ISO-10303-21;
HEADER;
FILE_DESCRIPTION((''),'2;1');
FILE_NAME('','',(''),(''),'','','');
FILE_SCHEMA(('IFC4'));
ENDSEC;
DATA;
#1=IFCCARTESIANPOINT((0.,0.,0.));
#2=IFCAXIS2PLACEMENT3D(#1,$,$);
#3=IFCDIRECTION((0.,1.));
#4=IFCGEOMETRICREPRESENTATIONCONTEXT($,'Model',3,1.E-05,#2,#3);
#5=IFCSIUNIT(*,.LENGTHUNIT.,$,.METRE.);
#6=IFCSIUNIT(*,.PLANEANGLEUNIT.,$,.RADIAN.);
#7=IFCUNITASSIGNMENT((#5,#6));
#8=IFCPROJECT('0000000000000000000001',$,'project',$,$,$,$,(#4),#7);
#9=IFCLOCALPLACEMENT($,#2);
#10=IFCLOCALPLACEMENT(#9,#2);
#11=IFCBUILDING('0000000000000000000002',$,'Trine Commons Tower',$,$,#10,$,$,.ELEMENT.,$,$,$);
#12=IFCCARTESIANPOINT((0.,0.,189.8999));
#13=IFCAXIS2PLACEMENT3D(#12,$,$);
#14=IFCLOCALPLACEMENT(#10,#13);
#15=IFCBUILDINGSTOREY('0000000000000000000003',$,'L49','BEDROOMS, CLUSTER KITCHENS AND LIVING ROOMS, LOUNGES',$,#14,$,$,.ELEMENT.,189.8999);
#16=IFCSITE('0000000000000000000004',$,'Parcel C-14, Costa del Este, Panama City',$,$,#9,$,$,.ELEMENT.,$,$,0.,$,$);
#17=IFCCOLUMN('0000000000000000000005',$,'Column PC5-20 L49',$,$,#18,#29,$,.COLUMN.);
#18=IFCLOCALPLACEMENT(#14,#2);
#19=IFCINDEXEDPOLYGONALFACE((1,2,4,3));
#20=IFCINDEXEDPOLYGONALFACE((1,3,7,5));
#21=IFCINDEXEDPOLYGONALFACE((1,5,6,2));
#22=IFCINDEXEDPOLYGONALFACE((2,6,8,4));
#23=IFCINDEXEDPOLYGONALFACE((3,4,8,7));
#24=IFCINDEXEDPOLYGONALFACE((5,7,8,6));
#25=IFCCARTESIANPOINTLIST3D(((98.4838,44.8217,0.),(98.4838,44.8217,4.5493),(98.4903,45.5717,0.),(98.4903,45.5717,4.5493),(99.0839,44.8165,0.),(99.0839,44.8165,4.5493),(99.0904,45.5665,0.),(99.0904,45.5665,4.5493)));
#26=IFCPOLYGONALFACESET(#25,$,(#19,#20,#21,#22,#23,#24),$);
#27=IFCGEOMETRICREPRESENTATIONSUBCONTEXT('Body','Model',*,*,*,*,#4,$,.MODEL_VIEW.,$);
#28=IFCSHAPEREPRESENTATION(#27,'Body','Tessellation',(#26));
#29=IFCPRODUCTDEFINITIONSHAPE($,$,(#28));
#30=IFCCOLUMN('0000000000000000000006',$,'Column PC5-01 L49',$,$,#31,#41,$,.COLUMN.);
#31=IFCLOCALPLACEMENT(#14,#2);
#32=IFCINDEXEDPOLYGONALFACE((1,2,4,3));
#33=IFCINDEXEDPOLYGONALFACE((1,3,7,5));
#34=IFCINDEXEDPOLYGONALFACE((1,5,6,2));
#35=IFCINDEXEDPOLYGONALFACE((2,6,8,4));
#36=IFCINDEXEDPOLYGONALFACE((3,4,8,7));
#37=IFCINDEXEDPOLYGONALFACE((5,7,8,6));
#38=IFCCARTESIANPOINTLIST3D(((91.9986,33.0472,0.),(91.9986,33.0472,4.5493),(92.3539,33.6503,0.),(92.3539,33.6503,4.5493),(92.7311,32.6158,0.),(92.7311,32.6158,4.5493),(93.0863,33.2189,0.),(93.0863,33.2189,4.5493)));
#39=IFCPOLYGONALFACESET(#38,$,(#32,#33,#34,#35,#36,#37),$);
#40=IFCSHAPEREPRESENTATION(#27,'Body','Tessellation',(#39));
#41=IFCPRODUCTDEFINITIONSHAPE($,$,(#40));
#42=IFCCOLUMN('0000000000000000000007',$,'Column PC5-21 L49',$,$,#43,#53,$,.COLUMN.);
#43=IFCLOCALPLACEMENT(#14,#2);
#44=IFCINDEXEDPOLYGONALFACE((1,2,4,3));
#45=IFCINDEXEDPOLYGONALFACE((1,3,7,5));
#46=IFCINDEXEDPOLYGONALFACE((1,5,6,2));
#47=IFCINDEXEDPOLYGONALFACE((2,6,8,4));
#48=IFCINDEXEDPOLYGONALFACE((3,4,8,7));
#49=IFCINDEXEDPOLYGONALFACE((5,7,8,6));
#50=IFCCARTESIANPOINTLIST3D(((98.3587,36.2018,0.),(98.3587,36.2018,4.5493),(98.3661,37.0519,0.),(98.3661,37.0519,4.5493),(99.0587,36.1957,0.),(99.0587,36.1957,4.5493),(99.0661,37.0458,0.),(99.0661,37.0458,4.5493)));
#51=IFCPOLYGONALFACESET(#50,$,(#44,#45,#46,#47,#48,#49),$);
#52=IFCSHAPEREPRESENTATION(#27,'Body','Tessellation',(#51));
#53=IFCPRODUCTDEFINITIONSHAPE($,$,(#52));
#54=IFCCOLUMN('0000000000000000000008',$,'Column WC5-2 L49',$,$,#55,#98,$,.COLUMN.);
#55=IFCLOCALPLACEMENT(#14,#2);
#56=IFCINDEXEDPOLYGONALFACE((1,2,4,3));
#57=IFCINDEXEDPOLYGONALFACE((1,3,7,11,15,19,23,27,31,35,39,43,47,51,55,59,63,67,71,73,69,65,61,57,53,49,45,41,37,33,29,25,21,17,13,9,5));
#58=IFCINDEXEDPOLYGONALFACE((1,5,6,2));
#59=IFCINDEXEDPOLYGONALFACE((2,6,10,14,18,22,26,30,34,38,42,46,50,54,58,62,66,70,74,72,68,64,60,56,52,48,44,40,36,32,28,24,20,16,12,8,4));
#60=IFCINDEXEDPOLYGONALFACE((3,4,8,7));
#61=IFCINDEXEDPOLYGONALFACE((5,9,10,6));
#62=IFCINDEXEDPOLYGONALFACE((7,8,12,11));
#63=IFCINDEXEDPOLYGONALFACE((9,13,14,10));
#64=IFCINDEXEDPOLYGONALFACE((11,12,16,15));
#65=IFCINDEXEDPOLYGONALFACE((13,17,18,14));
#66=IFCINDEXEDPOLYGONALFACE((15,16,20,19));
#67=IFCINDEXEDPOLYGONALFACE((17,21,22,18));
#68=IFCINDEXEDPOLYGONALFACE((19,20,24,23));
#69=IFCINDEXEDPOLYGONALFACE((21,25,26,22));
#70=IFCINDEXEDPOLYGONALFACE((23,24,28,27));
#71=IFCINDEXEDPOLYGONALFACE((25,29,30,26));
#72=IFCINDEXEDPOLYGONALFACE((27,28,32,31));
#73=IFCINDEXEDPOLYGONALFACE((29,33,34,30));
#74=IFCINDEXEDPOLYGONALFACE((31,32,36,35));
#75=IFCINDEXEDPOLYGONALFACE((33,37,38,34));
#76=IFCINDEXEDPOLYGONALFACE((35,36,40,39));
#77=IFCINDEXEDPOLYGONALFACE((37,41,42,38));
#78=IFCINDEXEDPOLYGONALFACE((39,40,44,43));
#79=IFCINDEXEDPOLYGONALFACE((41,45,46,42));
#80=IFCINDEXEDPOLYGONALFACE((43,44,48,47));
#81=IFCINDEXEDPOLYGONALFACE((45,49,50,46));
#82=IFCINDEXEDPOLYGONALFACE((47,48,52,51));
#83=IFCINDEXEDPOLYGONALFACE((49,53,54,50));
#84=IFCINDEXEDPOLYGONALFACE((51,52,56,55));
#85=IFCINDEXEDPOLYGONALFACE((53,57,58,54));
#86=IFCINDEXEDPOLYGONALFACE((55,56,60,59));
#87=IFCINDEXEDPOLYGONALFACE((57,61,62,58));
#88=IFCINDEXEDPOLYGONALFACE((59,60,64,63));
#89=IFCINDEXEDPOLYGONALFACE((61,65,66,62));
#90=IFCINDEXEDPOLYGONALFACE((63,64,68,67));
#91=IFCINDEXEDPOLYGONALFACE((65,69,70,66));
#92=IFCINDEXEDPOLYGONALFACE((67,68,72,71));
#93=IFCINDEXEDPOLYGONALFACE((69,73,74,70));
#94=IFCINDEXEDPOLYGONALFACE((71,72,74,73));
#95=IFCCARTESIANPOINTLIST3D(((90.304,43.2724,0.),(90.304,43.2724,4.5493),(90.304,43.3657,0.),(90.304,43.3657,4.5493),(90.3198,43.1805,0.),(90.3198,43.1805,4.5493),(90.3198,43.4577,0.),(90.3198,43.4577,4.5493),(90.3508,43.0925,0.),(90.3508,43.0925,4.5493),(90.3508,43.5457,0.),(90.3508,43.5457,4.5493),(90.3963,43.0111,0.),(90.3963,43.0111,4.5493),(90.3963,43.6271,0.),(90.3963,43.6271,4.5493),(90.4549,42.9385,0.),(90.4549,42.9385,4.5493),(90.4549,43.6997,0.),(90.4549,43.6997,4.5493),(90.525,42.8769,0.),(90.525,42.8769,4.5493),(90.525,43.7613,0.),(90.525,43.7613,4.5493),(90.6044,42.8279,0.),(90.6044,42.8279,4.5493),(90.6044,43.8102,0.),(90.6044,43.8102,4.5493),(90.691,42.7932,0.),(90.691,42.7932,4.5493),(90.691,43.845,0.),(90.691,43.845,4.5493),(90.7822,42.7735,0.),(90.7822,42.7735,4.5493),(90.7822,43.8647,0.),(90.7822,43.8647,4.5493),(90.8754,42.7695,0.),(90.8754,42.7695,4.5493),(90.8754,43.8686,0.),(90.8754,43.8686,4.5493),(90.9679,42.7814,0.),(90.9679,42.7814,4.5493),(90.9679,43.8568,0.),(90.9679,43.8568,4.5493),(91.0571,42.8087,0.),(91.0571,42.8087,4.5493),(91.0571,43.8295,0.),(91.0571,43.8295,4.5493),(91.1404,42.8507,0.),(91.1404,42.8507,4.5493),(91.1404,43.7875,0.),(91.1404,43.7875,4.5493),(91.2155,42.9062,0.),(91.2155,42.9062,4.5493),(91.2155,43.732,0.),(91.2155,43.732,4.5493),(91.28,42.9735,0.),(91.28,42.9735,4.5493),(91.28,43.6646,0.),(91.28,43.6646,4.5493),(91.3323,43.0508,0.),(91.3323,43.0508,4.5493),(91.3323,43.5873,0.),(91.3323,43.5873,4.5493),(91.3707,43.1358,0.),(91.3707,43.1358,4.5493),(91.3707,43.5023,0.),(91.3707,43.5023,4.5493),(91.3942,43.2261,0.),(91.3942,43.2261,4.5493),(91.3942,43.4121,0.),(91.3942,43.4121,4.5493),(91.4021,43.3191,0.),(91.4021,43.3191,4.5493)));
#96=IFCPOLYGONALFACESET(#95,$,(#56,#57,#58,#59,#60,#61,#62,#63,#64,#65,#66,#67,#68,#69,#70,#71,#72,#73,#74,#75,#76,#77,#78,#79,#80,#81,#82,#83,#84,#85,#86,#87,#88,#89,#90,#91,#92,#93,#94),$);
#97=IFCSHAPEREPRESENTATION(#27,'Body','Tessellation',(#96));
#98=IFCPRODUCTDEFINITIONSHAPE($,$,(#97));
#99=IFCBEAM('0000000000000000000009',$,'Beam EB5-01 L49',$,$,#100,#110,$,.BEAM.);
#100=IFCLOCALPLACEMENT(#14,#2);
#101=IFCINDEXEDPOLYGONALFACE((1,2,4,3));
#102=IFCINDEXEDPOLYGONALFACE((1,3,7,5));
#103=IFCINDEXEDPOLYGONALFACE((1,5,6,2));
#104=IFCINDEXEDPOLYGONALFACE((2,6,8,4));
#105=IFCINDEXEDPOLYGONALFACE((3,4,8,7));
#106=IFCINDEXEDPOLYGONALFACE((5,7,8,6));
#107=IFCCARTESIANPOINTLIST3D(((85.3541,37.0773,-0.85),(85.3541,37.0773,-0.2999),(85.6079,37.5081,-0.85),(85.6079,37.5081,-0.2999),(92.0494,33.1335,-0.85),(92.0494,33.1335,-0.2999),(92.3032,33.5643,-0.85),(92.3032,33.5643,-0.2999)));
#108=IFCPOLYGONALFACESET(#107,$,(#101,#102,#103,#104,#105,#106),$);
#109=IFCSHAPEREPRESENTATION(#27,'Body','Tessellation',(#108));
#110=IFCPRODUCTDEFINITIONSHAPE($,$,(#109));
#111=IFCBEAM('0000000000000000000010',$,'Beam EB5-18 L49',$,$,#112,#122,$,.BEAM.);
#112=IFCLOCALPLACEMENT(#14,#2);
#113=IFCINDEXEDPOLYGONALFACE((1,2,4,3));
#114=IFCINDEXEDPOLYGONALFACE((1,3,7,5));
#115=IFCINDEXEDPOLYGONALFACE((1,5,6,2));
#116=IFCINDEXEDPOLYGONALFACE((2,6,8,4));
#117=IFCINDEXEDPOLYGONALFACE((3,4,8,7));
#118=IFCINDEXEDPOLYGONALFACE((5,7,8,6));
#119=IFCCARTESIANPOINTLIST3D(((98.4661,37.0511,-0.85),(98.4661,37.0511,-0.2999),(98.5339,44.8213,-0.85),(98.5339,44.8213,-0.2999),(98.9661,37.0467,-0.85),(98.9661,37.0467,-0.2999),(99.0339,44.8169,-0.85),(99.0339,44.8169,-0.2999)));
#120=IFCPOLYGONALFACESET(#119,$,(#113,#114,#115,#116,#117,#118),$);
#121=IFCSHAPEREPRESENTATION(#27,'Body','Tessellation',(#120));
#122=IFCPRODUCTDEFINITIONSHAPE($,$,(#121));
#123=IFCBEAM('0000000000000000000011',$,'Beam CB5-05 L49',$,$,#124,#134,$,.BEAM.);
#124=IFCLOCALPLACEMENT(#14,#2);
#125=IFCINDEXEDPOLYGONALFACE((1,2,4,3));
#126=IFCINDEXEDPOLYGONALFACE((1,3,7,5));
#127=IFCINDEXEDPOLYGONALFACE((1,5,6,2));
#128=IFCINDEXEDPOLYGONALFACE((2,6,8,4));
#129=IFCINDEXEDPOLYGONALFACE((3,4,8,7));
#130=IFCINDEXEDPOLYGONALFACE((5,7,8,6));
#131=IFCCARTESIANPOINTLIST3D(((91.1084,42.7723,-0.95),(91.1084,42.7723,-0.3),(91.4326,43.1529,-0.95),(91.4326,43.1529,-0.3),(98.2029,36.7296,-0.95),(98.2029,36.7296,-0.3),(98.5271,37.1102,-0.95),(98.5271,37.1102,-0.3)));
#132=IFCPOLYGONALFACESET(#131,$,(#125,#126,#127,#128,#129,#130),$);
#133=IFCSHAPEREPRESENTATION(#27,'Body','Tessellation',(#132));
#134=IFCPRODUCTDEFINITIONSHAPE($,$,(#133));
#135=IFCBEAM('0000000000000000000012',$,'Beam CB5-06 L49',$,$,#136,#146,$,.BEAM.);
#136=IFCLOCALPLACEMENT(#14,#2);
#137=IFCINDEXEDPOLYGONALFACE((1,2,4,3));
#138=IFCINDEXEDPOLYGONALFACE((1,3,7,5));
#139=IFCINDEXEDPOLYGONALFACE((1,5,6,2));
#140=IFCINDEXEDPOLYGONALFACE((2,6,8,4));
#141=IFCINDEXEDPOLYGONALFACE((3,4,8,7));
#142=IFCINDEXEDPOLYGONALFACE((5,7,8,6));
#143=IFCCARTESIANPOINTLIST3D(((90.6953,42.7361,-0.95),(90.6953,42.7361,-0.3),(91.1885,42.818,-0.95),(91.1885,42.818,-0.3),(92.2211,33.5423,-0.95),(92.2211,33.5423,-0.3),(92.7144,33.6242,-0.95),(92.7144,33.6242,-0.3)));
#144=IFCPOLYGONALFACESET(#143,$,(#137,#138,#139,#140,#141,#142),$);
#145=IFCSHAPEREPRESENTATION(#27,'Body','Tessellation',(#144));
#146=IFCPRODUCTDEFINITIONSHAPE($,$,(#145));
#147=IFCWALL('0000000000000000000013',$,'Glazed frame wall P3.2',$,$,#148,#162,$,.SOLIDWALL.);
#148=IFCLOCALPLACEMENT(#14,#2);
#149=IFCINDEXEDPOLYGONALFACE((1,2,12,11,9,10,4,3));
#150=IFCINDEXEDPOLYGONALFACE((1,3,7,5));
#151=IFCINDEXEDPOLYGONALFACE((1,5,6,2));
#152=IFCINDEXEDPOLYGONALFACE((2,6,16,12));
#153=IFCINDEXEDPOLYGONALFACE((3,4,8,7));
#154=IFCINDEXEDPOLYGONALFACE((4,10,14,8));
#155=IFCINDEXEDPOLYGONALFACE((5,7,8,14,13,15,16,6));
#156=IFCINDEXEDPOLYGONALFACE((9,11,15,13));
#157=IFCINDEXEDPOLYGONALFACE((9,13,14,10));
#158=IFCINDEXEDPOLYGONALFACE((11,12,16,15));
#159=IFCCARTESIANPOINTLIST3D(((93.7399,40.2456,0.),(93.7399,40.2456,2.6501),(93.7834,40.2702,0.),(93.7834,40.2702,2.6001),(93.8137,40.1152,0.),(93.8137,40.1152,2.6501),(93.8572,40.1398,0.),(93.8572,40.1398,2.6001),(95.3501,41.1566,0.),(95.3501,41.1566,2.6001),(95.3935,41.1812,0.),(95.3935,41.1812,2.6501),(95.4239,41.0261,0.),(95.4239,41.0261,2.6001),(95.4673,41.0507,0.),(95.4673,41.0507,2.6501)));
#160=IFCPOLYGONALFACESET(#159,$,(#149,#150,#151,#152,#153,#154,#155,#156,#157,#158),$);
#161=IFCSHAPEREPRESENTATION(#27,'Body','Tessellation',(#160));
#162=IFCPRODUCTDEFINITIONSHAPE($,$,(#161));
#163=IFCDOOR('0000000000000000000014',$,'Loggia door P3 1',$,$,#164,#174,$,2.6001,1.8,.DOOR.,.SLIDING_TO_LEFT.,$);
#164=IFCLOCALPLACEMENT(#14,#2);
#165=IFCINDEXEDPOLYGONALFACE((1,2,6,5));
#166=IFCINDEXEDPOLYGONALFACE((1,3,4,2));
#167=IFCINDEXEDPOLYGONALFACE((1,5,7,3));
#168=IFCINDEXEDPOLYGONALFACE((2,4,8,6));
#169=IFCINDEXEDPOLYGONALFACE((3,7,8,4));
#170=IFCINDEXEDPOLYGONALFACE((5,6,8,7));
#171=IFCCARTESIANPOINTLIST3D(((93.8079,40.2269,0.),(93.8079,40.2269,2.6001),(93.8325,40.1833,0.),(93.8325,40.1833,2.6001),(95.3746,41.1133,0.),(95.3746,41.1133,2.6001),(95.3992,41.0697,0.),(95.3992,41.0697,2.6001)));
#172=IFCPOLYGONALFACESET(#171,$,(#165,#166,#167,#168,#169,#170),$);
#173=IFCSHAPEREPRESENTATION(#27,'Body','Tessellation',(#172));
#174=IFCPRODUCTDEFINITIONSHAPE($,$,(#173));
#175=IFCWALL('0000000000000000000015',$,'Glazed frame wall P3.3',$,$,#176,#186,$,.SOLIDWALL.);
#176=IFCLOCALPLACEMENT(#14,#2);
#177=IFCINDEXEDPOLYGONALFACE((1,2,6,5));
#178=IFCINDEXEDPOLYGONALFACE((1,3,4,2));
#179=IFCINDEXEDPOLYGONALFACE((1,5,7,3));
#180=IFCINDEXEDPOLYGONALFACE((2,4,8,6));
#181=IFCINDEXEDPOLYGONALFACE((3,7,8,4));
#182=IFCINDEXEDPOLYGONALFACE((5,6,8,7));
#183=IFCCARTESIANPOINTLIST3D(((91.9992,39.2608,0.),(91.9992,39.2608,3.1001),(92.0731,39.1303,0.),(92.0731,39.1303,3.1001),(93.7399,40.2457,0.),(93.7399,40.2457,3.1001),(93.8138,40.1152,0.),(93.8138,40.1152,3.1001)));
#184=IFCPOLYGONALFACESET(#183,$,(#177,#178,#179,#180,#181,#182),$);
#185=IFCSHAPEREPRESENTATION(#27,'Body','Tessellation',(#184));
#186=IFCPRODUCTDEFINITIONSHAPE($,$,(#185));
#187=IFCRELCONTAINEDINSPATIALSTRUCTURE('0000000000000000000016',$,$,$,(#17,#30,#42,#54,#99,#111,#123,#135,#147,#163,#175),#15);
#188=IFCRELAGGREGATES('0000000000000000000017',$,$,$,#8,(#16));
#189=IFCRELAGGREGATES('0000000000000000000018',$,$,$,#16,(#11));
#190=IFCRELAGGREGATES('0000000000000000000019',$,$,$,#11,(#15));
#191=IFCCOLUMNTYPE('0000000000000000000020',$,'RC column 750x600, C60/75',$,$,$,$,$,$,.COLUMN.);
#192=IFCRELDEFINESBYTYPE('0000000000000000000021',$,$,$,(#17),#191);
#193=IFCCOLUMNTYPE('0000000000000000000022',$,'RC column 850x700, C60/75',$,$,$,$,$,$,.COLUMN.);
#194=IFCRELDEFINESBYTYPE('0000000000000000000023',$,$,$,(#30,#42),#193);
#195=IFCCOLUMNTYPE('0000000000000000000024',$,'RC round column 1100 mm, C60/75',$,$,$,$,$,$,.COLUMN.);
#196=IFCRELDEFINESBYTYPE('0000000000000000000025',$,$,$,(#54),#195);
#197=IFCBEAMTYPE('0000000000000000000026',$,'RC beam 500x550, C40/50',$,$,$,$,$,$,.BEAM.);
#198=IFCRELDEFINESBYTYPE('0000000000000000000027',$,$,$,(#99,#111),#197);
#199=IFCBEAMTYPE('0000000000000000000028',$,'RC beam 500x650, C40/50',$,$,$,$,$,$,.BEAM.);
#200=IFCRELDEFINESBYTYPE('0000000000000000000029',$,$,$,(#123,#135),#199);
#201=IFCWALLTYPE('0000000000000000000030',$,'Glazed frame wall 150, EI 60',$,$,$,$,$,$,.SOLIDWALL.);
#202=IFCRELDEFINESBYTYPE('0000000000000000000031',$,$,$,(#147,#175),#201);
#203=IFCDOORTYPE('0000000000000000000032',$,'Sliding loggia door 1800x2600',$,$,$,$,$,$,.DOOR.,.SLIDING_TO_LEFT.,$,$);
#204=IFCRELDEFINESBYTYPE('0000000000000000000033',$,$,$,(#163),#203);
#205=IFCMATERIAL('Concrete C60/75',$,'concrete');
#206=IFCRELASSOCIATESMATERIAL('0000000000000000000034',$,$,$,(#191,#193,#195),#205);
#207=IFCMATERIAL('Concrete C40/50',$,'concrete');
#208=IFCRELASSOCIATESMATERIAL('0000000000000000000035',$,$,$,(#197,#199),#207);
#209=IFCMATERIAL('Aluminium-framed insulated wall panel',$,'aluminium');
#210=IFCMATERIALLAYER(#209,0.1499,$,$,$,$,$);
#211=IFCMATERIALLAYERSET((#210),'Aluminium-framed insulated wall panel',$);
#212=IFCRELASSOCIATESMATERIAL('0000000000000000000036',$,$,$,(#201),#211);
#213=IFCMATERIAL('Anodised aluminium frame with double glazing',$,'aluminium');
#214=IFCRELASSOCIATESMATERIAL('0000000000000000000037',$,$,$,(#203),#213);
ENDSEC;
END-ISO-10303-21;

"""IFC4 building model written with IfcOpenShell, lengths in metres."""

from ifc_helpers import new_model, si_unit, direction, frame, frame_2d, origin, origin_2d, place, context, subcontext, project, spatial, polyline, rectangle, circle, outline, extrude, material, layer, layer_set, material_profile, profile_set, type_object, element, fill, save


model = new_model("IFC4")

# Units and contexts
model_context = context("Model", 3, precision=1e-05, world=origin(), true_north=direction((0.0, 1.0)))
body_context = subcontext(model_context, "Body", "Model", "MODEL_VIEW")
ifc_project = project(units=[si_unit("LENGTHUNIT", "METRE"), si_unit("PLANEANGLEUNIT", "RADIAN")], contexts=[model_context])

# Site, building, storey
site_placement = place(None, origin())
site = spatial("IfcSite", under=ifc_project, at=site_placement, Name="Parcel C-14, Costa del Este, Panama City", CompositionType="ELEMENT", RefElevation=0.0)
building_placement = place(site_placement, origin())
building = spatial("IfcBuilding", under=site, at=building_placement, Name="Trine Commons Tower", CompositionType="ELEMENT")
storey_placement = place(building_placement, frame((0.0, 0.0, 189.8999)))
storey = spatial("IfcBuildingStorey", under=building, at=storey_placement, Name="L49", Description="BEDROOMS, CLUSTER KITCHENS AND LIVING ROOMS, LOUNGES", CompositionType="ELEMENT", Elevation=189.8999)

# Columns
ifc_material_1 = material(Name="Concrete C60/75", Category="concrete")
ifc_material_profile_1 = material_profile(ifc_material_1, rectangle(XDim=0.75, YDim=0.6001, at=origin_2d()), Name="RC 750x600")
ifc_profile_set_1 = profile_set([ifc_material_profile_1], Name="Concrete C60/75")
column_type_1 = type_object("IfcColumnType", Name="RC column 750x600, C60/75", PredefinedType="COLUMN", material=ifc_profile_set_1)
column_1_placement = place(storey_placement, frame((98.7871, 45.1941, 0.0), z_axis=(0.0, 0.0, 1.0), x_axis=(0.008727, 0.999962, 0.0)))
element("IfcColumn", 1, at=column_1_placement, inside=storey, type_object=column_type_1, Name="Column PC5-20 L49", PredefinedType="COLUMN", context=body_context, shape_type="SweptSolid", body=[
    extrude(rectangle(XDim=0.75, YDim=0.6001, at=origin_2d()), origin(), (0.0, 0.0, 1.0), 4.5493),
])
ifc_material_profile_2 = material_profile(ifc_material_1, rectangle(XDim=0.8501, YDim=0.7, at=origin_2d()), Name="RC 850x700")
ifc_profile_set_2 = profile_set([ifc_material_profile_2], Name="Concrete C60/75")
column_type_2 = type_object("IfcColumnType", Name="RC column 850x700, C60/75", PredefinedType="COLUMN", material=ifc_profile_set_2)
for number, where, z_axis, x_axis, name in (
    (2, (92.5425, 33.1331, 0.0), (0.0, 0.0, 1.0), (-0.861629, 0.507538, 0.0), "Column PC5-01 L49"),
    (3, (98.7124, 36.6238, 0.0), (0.0, 0.0, 1.0), (0.008727, 0.999962, 0.0), "Column PC5-21 L49"),
):
    element("IfcColumn", number, at=place(storey_placement, frame(where, z_axis=z_axis, x_axis=x_axis)), inside=storey, type_object=column_type_2, Name=name, PredefinedType="COLUMN", context=body_context, shape_type="SweptSolid", body=[
        extrude(rectangle(XDim=0.8501, YDim=0.7, at=origin_2d()), origin(), (0.0, 0.0, 1.0), 4.5493),
    ])
ifc_material_profile_3 = material_profile(ifc_material_1, circle(Radius=0.55, at=origin_2d()), Name="RC round 1100")
ifc_profile_set_3 = profile_set([ifc_material_profile_3], Name="Concrete C60/75")
column_type_3 = type_object("IfcColumnType", Name="RC round column 1100 mm, C60/75", PredefinedType="COLUMN", material=ifc_profile_set_3)
column_2_placement = place(storey_placement, frame((90.8521, 43.3191, 0.0), z_axis=(0.0, 0.0, 1.0), x_axis=(1.0, 0.0, 0.0)))
element("IfcColumn", 4, at=column_2_placement, inside=storey, type_object=column_type_3, Name="Column WC5-2 L49", PredefinedType="COLUMN", context=body_context, shape_type="SweptSolid", body=[
    extrude(circle(Radius=0.55, at=origin_2d()), origin(), (0.0, 0.0, 1.0), 4.5493),
])

# Beams
ifc_material_2 = material(Name="Concrete C40/50", Category="concrete")
ifc_material_profile_4 = material_profile(ifc_material_2, rectangle(XDim=0.5, YDim=0.55, at=origin_2d()), Name="RC 500x550")
ifc_profile_set_4 = profile_set([ifc_material_profile_4], Name="Concrete C40/50")
beam_type_1 = type_object("IfcBeamType", Name="RC beam 500x550, C40/50", PredefinedType="BEAM", material=ifc_profile_set_4)
for number, where, z_axis, x_axis, name in (
    (5, (92.1763, 33.3489, -0.575), (-0.861629, 0.507539, 0.0), (-0.507539, -0.861629, 0.0), "Beam EB5-01 L49"),
    (6, (98.7839, 44.8191, -0.575), (-0.008734, -0.999962, 0.0), (0.999962, -0.008734, 0.0), "Beam EB5-18 L49"),
):
    element("IfcBeam", number, at=place(storey_placement, frame(where, z_axis=z_axis, x_axis=x_axis)), inside=storey, type_object=beam_type_1, Name=name, PredefinedType="BEAM", context=body_context, shape_type="SweptSolid", body=[
        extrude(rectangle(XDim=0.5, YDim=0.55, at=origin_2d()), origin(), (0.0, 0.0, 1.0), 7.7705),
    ])
ifc_material_profile_5 = material_profile(ifc_material_2, rectangle(XDim=0.5, YDim=0.6499, at=origin_2d()), Name="RC 500x650")
ifc_profile_set_5 = profile_set([ifc_material_profile_5], Name="Concrete C40/50")
beam_type_2 = type_object("IfcBeamType", Name="RC beam 500x650, C40/50", PredefinedType="BEAM", material=ifc_profile_set_5)
beam_1_placement = place(storey_placement, frame((98.365, 36.9199, -0.625), z_axis=(-0.761282, 0.648421, 0.0), x_axis=(-0.648421, -0.761282, 0.0)))
element("IfcBeam", 7, at=beam_1_placement, inside=storey, type_object=beam_type_2, Name="Beam CB5-05 L49", PredefinedType="BEAM", context=body_context, shape_type="SweptSolid", body=[
    extrude(rectangle(XDim=0.5, YDim=0.6499, at=origin_2d()), origin(), (0.0, 0.0, 1.0), 9.3191),
])
beam_2_placement = place(storey_placement, frame((92.4678, 33.5833, -0.625), z_axis=(-0.163728, 0.986506, 0.0), x_axis=(-0.986506, -0.163728, 0.0)))
element("IfcBeam", 8, at=beam_2_placement, inside=storey, type_object=beam_type_2, Name="Beam CB5-06 L49", PredefinedType="BEAM", context=body_context, shape_type="SweptSolid", body=[
    extrude(rectangle(XDim=0.5, YDim=0.6499, at=origin_2d()), origin(), (0.0, 0.0, 1.0), 9.3196),
])

# Shared definitions
ifc_material_3 = material(Name="Aluminium-framed insulated wall panel", Category="aluminium")
ifc_layer_1 = layer(ifc_material_3, 0.1499)
ifc_layer_set_1 = layer_set([ifc_layer_1], Name="Aluminium-framed insulated wall panel")
wall_type_1 = type_object("IfcWallType", Name="Glazed frame wall 150, EI 60", PredefinedType="SOLIDWALL", material=ifc_layer_set_1)

# Wall, opening, door
wall_1_placement = place(storey_placement, frame((95.4304, 41.116, 0.0), z_axis=(0.0, 0.0, 1.0), x_axis=(-0.870355, -0.492426, 0.0)))
wall_1 = element("IfcWall", 9, at=wall_1_placement, inside=storey, type_object=wall_type_1, Name="Glazed frame wall P3.2", PredefinedType="SOLIDWALL", context=body_context, shape_type="SweptSolid", body=[
    extrude(outline(polyline([(0.0, -0.075), (1.8999, -0.075), (1.8999, 0.075), (0.0, 0.075), (0.0, -0.075)])), origin(), (0.0, 0.0, 1.0), 2.6501),
])
opening_1_placement = place(wall_1_placement, frame((0.05, 0.0, 0.0)))
opening_1 = element("IfcOpeningElement", 10, at=opening_1_placement, cuts=wall_1, PredefinedType="OPENING", context=body_context, shape_type="SweptSolid", body=[
    extrude(rectangle(XDim=1.8, YDim=2.6001, at=frame_2d((0.8999, 1.3))), frame((0.0, 0.085, 0.0), z_axis=(0.0, -1.0, 0.0), x_axis=(1.0, 0.0, 0.0)), (0.0, 0.0, 1.0), 0.1699),
])
ifc_material_4 = material(Name="Anodised aluminium frame with double glazing", Category="aluminium")
door_type_1 = type_object("IfcDoorType", Name="Sliding loggia door 1800x2600", OperationType="SLIDING_TO_LEFT", PredefinedType="DOOR", material=ifc_material_4)
door_1_placement = place(opening_1_placement, origin())
door_1 = element("IfcDoor", 11, at=door_1_placement, inside=storey, type_object=door_type_1, Name="Loggia door P3 1", OperationType="SLIDING_TO_LEFT", OverallHeight=2.6001, OverallWidth=1.8, PredefinedType="DOOR", context=body_context, shape_type="SweptSolid", body=[
    extrude(rectangle(XDim=1.8, YDim=2.6001, at=frame_2d((0.8999, 1.3))), frame((0.0, 0.0249, 0.0), z_axis=(0.0, -1.0, 0.0), x_axis=(1.0, 0.0, 0.0)), (0.0, 0.0, 1.0), 0.05),
])
fill(opening_1, door_1)

# Wall
wall_2_placement = place(storey_placement, frame((93.7769, 40.1804, 0.0), z_axis=(0.0, 0.0, 1.0), x_axis=(-0.870354, -0.492427, 0.0)))
element("IfcWall", 12, at=wall_2_placement, inside=storey, type_object=wall_type_1, Name="Glazed frame wall P3.3", PredefinedType="SOLIDWALL", context=body_context, shape_type="SweptSolid", body=[
    extrude(outline(polyline([(0.0, -0.075), (2.0, -0.075), (2.0, 0.075), (0.0, 0.075), (0.0, -0.075)])), origin(), (0.0, 0.0, 1.0), 3.1001),
])

save(model, "model.ifc")
